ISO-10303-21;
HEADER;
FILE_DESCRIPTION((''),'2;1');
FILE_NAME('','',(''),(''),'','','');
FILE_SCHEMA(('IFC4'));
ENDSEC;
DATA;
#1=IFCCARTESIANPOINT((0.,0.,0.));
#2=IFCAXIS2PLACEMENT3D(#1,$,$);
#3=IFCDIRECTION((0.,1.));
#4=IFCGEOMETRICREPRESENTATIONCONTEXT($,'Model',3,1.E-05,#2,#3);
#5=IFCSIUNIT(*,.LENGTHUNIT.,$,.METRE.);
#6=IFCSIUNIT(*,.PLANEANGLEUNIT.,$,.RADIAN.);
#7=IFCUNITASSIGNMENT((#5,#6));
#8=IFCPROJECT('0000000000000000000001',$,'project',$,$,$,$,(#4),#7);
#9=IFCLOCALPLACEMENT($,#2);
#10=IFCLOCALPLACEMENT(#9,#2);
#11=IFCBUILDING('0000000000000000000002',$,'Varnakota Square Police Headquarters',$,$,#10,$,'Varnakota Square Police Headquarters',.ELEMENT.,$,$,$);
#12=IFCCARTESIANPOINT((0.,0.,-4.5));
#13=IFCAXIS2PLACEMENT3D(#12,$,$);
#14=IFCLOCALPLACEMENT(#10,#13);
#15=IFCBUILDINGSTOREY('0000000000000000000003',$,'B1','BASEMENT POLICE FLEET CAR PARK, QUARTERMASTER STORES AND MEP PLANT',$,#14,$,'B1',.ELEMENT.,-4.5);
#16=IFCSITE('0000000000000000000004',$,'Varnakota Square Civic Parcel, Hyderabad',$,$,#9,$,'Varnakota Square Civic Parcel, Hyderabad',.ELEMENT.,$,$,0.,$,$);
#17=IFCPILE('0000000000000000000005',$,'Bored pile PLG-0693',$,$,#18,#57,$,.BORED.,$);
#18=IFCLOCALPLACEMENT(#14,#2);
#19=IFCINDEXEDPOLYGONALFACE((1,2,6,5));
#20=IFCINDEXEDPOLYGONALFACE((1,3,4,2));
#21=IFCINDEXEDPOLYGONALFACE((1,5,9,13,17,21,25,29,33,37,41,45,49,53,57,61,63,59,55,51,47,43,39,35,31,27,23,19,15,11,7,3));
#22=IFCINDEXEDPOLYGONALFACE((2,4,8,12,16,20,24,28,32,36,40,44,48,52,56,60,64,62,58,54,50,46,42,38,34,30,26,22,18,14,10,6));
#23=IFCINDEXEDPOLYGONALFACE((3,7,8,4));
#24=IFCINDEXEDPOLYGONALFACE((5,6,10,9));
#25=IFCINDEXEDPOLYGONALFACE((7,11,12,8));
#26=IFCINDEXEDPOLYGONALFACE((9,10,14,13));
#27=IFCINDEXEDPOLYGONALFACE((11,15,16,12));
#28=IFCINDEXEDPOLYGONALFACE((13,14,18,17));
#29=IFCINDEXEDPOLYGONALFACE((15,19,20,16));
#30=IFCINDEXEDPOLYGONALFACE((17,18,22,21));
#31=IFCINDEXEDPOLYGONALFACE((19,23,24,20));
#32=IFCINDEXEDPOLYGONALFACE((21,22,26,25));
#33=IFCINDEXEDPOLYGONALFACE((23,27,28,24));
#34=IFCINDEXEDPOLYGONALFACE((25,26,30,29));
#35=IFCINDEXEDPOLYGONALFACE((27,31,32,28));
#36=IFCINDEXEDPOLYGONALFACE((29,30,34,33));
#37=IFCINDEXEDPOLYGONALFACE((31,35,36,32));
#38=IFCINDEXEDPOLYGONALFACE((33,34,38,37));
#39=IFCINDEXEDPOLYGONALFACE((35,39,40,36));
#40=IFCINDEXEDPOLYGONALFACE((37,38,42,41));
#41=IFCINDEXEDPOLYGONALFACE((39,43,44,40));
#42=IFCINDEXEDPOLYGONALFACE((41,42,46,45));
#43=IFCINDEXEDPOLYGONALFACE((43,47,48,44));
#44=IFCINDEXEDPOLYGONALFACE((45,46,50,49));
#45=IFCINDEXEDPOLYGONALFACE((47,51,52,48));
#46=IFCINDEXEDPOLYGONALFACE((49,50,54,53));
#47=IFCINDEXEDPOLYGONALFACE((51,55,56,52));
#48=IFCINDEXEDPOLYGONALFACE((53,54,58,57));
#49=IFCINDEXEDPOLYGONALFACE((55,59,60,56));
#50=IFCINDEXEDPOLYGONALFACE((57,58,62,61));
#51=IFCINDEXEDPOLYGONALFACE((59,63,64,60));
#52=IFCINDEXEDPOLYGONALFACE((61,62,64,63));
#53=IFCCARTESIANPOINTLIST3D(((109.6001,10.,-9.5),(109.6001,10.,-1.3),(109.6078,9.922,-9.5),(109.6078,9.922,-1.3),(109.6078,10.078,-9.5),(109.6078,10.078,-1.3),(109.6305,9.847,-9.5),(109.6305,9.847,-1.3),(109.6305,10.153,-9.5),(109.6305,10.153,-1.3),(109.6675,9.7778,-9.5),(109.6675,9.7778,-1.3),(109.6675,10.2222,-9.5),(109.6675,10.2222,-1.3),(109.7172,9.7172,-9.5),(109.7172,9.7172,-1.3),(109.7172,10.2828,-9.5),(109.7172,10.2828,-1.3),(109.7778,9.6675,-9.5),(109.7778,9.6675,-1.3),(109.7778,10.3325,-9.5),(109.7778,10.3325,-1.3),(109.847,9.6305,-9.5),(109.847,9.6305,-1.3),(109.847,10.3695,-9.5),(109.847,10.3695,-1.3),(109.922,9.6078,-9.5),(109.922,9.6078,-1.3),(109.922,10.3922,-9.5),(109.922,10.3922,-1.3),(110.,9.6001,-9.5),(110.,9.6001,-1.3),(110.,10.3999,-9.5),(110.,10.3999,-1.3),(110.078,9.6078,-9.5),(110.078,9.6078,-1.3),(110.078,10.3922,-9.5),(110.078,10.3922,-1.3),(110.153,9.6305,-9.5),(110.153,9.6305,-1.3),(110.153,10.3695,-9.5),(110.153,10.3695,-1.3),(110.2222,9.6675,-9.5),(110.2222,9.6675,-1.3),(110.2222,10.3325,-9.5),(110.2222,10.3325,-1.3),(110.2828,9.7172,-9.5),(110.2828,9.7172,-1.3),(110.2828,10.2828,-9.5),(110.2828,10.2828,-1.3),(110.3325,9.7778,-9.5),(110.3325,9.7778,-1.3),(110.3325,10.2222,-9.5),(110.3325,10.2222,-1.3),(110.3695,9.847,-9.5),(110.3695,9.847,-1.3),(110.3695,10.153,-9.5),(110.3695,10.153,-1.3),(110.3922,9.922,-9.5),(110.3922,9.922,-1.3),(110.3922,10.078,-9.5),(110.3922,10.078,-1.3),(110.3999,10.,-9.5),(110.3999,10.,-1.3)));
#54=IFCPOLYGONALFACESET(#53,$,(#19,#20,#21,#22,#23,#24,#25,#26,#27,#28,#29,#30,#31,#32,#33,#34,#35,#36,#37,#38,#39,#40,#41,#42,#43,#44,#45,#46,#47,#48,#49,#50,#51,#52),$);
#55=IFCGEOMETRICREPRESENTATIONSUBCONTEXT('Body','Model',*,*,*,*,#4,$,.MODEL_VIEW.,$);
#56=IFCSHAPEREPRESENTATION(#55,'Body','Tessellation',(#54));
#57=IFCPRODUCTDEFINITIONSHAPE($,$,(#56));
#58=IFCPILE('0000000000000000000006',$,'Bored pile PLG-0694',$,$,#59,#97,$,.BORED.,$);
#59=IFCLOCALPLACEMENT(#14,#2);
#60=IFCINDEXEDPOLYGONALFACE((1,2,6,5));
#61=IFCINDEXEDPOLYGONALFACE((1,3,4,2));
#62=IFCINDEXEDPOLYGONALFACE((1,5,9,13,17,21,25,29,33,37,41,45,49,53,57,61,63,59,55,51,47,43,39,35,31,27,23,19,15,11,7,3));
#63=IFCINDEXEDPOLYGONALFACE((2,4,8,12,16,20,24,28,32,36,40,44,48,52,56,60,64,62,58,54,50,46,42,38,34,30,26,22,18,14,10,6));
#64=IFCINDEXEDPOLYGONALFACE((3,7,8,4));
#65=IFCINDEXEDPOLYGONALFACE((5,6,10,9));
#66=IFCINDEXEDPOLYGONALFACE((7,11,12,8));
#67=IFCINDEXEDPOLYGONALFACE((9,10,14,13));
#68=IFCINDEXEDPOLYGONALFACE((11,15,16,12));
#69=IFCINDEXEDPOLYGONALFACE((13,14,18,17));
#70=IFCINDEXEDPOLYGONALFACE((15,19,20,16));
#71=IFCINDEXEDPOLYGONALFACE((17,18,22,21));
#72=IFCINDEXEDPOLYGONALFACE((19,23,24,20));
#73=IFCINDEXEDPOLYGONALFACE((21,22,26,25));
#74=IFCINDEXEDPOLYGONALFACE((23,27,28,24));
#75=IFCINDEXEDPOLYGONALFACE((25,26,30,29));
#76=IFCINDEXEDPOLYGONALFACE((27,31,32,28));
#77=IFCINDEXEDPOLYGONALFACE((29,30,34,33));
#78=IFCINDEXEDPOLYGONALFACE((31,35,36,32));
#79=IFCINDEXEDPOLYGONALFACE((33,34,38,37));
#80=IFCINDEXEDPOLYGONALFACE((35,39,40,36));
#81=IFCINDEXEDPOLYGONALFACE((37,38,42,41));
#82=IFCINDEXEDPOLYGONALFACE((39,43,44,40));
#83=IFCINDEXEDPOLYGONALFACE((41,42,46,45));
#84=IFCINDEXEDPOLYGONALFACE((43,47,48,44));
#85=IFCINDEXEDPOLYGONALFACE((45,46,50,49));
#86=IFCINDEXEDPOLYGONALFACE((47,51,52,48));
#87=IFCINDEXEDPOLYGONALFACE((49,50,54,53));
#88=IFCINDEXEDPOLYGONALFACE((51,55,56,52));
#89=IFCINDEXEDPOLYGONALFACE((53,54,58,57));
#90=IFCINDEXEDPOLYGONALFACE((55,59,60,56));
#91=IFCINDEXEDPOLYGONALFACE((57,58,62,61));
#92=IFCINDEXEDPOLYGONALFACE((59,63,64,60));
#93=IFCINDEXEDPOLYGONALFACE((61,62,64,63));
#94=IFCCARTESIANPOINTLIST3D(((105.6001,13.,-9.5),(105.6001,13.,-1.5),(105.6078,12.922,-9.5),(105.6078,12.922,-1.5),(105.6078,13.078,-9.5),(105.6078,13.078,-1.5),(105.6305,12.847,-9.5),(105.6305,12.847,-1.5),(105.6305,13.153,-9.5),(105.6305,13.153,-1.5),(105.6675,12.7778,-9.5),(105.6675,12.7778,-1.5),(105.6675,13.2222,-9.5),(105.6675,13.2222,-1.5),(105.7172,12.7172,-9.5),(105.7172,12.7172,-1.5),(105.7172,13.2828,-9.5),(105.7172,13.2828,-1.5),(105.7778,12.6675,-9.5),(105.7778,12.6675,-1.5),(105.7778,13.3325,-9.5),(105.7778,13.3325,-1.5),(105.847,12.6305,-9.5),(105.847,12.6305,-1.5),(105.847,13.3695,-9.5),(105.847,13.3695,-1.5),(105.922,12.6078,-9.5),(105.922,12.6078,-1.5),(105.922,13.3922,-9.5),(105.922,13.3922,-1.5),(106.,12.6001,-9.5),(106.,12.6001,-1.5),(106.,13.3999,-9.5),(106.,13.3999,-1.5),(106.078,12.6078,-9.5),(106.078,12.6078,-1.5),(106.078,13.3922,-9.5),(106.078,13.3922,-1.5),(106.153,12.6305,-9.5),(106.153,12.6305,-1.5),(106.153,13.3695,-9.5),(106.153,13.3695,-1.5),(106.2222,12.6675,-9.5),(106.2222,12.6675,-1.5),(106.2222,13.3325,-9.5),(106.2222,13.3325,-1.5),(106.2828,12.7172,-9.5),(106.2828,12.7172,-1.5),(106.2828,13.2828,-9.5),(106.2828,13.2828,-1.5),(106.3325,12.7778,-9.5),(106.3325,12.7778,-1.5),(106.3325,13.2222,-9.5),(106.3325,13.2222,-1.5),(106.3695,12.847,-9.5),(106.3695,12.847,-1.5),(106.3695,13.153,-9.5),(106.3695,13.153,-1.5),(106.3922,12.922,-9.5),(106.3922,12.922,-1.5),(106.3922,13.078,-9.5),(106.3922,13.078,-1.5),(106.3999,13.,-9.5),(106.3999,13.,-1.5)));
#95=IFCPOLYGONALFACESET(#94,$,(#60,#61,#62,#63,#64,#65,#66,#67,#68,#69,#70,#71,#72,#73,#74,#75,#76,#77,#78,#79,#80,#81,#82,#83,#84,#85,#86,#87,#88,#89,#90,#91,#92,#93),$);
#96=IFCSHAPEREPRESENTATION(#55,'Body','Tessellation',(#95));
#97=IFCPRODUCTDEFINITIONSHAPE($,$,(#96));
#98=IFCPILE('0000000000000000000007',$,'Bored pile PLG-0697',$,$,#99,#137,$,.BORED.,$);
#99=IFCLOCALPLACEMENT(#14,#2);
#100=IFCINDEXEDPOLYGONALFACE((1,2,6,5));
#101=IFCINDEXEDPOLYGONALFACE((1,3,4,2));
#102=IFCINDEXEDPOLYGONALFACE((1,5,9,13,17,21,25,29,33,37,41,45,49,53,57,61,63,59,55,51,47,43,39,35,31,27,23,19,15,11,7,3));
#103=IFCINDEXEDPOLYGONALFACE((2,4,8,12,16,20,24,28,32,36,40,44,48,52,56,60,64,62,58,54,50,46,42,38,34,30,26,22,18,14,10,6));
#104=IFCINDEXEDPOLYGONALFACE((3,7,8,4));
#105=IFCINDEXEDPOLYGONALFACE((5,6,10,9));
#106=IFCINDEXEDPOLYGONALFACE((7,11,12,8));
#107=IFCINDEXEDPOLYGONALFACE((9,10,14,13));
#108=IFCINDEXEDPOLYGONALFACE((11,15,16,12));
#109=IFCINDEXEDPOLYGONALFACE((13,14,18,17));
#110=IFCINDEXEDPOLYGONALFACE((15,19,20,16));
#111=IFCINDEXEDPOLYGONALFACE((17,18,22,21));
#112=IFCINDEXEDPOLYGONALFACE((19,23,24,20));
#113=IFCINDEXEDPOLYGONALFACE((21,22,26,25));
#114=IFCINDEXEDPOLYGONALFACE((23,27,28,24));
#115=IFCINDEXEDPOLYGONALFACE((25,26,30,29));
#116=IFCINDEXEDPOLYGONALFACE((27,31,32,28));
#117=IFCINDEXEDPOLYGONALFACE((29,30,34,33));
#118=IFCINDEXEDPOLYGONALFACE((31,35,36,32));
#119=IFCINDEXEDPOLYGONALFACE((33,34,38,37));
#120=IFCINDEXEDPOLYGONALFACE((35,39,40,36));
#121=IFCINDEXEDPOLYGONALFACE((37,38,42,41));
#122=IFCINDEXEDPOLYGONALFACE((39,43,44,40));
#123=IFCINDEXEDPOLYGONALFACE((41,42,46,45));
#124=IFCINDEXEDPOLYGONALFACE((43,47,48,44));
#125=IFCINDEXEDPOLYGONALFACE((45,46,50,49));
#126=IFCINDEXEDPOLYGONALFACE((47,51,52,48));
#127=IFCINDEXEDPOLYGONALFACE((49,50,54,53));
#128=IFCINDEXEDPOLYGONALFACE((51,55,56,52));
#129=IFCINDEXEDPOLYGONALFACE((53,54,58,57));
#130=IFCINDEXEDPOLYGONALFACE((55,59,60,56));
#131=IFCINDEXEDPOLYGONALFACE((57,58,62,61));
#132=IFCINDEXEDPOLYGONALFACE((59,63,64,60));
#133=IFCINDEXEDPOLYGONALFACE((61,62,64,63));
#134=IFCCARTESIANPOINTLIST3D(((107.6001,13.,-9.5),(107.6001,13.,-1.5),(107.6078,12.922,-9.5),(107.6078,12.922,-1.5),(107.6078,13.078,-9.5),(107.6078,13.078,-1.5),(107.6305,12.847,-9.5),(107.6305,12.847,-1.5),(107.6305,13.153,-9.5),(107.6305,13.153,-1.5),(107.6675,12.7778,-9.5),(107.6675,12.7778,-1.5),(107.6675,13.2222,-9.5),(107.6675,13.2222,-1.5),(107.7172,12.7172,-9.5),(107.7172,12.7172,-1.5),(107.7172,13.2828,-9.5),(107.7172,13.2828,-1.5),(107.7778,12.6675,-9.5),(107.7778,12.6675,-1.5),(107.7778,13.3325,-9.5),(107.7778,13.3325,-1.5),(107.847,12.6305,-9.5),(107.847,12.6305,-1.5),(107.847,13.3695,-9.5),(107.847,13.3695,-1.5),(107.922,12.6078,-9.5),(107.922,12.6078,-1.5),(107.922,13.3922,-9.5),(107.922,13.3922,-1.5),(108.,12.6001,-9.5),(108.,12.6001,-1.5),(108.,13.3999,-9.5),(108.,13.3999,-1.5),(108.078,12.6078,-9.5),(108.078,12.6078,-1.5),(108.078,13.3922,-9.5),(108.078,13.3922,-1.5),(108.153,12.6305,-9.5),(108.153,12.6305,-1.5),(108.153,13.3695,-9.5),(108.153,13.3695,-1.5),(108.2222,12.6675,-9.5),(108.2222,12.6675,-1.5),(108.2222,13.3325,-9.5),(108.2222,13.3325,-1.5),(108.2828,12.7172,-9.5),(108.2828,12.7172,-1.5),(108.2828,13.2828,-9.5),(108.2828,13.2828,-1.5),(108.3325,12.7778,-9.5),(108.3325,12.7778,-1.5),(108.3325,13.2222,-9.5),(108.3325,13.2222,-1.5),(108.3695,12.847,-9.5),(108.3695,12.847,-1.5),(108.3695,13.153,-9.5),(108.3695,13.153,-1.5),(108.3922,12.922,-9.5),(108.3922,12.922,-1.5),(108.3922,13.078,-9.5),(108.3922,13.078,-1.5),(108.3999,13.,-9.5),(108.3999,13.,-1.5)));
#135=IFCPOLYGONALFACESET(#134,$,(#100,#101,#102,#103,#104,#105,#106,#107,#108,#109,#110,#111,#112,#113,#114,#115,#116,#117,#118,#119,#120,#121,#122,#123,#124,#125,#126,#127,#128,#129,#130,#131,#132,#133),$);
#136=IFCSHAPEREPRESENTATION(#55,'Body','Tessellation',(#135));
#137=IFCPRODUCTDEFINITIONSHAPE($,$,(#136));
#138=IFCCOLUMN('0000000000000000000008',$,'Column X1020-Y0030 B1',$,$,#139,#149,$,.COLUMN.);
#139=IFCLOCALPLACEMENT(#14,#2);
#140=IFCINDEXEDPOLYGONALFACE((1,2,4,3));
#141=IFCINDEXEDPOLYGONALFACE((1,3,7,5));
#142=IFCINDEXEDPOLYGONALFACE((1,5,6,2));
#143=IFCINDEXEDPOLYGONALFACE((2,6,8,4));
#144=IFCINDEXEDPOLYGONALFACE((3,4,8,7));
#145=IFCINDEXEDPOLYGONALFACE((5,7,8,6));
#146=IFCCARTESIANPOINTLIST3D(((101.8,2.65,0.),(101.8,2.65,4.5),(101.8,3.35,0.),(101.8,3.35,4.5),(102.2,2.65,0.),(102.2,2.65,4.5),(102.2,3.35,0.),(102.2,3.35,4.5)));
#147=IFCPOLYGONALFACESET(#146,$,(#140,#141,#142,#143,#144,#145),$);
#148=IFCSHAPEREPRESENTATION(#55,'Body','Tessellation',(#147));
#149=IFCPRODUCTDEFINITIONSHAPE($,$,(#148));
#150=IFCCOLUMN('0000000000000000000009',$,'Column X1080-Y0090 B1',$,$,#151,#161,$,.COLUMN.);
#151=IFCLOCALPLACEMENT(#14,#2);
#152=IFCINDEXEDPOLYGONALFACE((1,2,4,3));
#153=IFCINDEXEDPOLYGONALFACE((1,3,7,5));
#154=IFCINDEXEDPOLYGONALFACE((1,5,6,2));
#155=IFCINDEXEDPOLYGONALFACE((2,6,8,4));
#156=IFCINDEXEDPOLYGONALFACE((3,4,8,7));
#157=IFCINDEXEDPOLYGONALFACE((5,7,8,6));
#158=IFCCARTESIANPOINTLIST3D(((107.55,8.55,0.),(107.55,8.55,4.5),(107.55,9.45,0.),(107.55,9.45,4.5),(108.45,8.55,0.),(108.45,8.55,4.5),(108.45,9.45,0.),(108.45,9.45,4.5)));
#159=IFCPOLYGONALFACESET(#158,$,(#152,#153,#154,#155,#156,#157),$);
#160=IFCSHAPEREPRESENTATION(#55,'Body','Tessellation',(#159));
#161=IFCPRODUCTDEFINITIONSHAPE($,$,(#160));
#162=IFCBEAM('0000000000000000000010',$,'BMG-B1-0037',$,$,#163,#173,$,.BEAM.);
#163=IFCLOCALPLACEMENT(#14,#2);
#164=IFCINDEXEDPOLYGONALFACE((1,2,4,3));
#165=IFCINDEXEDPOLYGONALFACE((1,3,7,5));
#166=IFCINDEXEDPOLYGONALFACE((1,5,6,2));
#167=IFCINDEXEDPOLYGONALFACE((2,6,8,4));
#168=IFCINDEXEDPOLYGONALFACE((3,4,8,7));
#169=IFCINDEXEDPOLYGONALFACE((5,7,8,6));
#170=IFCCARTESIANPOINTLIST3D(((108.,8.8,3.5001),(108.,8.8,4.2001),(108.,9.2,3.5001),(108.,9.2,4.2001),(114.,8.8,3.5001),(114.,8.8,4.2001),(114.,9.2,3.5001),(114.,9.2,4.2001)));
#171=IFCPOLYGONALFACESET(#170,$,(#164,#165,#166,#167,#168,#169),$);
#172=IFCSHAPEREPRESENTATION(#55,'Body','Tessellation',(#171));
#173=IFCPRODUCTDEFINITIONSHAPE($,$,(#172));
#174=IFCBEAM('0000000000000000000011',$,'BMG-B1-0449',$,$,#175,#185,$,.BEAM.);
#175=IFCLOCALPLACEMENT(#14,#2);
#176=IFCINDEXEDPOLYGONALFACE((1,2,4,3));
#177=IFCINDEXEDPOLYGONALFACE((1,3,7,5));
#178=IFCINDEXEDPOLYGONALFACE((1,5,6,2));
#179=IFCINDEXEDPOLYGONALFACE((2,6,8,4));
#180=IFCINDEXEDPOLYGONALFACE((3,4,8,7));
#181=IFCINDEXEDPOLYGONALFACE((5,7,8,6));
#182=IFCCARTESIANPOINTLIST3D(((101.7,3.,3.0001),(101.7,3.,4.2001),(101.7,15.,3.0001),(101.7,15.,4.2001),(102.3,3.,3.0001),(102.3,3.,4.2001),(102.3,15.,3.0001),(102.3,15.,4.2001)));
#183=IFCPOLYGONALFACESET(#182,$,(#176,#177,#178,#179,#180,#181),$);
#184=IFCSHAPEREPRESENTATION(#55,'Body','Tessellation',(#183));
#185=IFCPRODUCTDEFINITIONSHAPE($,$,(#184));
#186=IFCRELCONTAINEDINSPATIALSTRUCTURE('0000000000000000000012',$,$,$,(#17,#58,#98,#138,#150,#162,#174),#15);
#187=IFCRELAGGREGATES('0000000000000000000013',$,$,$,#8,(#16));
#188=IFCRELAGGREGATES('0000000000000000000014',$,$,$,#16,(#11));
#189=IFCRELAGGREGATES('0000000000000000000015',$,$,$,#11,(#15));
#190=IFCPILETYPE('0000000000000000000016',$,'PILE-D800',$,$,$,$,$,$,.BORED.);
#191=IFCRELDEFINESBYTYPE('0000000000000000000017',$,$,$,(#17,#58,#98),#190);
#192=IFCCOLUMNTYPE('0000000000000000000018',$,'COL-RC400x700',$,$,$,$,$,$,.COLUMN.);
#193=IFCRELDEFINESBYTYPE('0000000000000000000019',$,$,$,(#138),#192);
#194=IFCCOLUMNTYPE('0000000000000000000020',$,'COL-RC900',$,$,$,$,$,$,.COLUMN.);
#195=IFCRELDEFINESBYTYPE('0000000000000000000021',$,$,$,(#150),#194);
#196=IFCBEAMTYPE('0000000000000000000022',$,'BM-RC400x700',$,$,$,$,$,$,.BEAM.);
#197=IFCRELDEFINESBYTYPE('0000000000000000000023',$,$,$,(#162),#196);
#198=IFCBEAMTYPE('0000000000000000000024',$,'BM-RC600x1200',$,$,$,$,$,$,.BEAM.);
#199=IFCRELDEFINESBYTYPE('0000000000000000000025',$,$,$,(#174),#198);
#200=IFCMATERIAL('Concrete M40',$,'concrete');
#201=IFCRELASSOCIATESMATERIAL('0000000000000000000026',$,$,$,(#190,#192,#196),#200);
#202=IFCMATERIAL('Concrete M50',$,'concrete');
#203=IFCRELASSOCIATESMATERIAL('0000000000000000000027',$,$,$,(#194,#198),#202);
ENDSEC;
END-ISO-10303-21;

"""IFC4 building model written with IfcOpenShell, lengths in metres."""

from ifc_helpers import new_model, si_unit, direction, frame, origin, origin_2d, place, context, subcontext, project, spatial, rectangle, circle, extrude, material, material_profile, profile_set, type_object, element, save


model = new_model("IFC4")

# Units and contexts
model_context = context("Model", 3, precision=1e-05, world=origin(), true_north=direction((0.0, 1.0)))
body_context = subcontext(model_context, "Body", "Model", "MODEL_VIEW")
ifc_project = project(units=[si_unit("LENGTHUNIT", "METRE"), si_unit("PLANEANGLEUNIT", "RADIAN")], contexts=[model_context])

# Site, building, storey
site_placement = place(None, origin())
site = spatial("IfcSite", under=ifc_project, at=site_placement, Name="Varnakota Square Civic Parcel, Hyderabad", LongName="Varnakota Square Civic Parcel, Hyderabad", CompositionType="ELEMENT", RefElevation=0.0)
building_placement = place(site_placement, origin())
building = spatial("IfcBuilding", under=site, at=building_placement, Name="Varnakota Square Police Headquarters", LongName="Varnakota Square Police Headquarters", CompositionType="ELEMENT")
storey_placement = place(building_placement, frame((0.0, 0.0, -4.5)))
storey = spatial("IfcBuildingStorey", under=building, at=storey_placement, Name="B1", Description="BASEMENT POLICE FLEET CAR PARK, QUARTERMASTER STORES AND MEP PLANT", LongName="B1", CompositionType="ELEMENT", Elevation=-4.5)

# Shared definitions
ifc_material_1 = material(Name="Concrete M40", Category="concrete")
ifc_material_2 = material(Name="Concrete M50", Category="concrete")

# Piles
ifc_material_profile_1 = material_profile(ifc_material_1, circle(Radius=0.3999, at=origin_2d()), Name="BORED PILE 800")
ifc_profile_set_1 = profile_set([ifc_material_profile_1], Name="Concrete M40")
pile_type = type_object("IfcPileType", Name="PILE-D800", PredefinedType="BORED", material=ifc_profile_set_1)
for number, where, z_axis, x_axis, name in (
    (1, (110.0, 10.0, -1.3), (0.0, 0.0, -1.0), (1.0, 0.0, 0.0), "Bored pile PLG-0693"),
):
    element("IfcPile", number, at=place(storey_placement, frame(where, z_axis=z_axis, x_axis=x_axis)), inside=storey, type_object=pile_type, Name=name, PredefinedType="BORED", context=body_context, shape_type="SweptSolid", body=[
        extrude(circle(Radius=0.3999, at=origin_2d()), origin(), (0.0, 0.0, 1.0), 8.2),
    ])
for number, where, z_axis, x_axis, name in (
    (2, (106.0, 13.0, -1.5), (0.0, 0.0, -1.0), (1.0, 0.0, 0.0), "Bored pile PLG-0694"),
    (3, (108.0, 13.0, -1.5), (0.0, 0.0, -1.0), (1.0, 0.0, 0.0), "Bored pile PLG-0697"),
):
    element("IfcPile", number, at=place(storey_placement, frame(where, z_axis=z_axis, x_axis=x_axis)), inside=storey, type_object=pile_type, Name=name, PredefinedType="BORED", context=body_context, shape_type="SweptSolid", body=[
        extrude(circle(Radius=0.3999, at=origin_2d()), origin(), (0.0, 0.0, 1.0), 8.0),
    ])

# Columns
ifc_material_profile_2 = material_profile(ifc_material_1, rectangle(XDim=0.3999, YDim=0.7, at=origin_2d()), Name="RC 400x700")
ifc_profile_set_2 = profile_set([ifc_material_profile_2], Name="Concrete M40")
column_type_1 = type_object("IfcColumnType", Name="COL-RC400x700", PredefinedType="COLUMN", material=ifc_profile_set_2)
column_1_placement = place(storey_placement, frame((102.0, 3.0, 0.0), z_axis=(0.0, 0.0, 1.0), x_axis=(1.0, 0.0, 0.0)))
element("IfcColumn", 4, at=column_1_placement, inside=storey, type_object=column_type_1, Name="Column X1020-Y0030 B1", PredefinedType="COLUMN", context=body_context, shape_type="SweptSolid", body=[
    extrude(rectangle(XDim=0.3999, YDim=0.7, at=origin_2d()), origin(), (0.0, 0.0, 1.0), 4.5),
])
ifc_material_profile_3 = material_profile(ifc_material_2, rectangle(XDim=0.8999, YDim=0.8999, at=origin_2d()), Name="RC 900x900")
ifc_profile_set_3 = profile_set([ifc_material_profile_3], Name="Concrete M50")
column_type_2 = type_object("IfcColumnType", Name="COL-RC900", PredefinedType="COLUMN", material=ifc_profile_set_3)
column_2_placement = place(storey_placement, frame((108.0, 9.0, 0.0), z_axis=(0.0, 0.0, 1.0), x_axis=(1.0, 0.0, 0.0)))
element("IfcColumn", 5, at=column_2_placement, inside=storey, type_object=column_type_2, Name="Column X1080-Y0090 B1", PredefinedType="COLUMN", context=body_context, shape_type="SweptSolid", body=[
    extrude(rectangle(XDim=0.8999, YDim=0.8999, at=origin_2d()), origin(), (0.0, 0.0, 1.0), 4.5),
])

# Beams
ifc_material_profile_4 = material_profile(ifc_material_1, rectangle(XDim=0.3999, YDim=0.7, at=origin_2d()), Name="RC 400x700")
ifc_profile_set_4 = profile_set([ifc_material_profile_4], Name="Concrete M40")
beam_type_1 = type_object("IfcBeamType", Name="BM-RC400x700", PredefinedType="BEAM", material=ifc_profile_set_4)
beam_1_placement = place(storey_placement, frame((108.0, 9.0, 3.8501), z_axis=(1.0, 0.0, 0.0), x_axis=(0.0, 1.0, 0.0)))
element("IfcBeam", 6, at=beam_1_placement, inside=storey, type_object=beam_type_1, Name="BMG-B1-0037", PredefinedType="BEAM", context=body_context, shape_type="SweptSolid", body=[
    extrude(rectangle(XDim=0.3999, YDim=0.7, at=origin_2d()), origin(), (0.0, 0.0, 1.0), 6.0),
])
ifc_material_profile_5 = material_profile(ifc_material_2, rectangle(XDim=0.6001, YDim=1.2, at=origin_2d()), Name="RC 600x1200")
ifc_profile_set_5 = profile_set([ifc_material_profile_5], Name="Concrete M50")
beam_type_2 = type_object("IfcBeamType", Name="BM-RC600x1200", PredefinedType="BEAM", material=ifc_profile_set_5)
beam_2_placement = place(storey_placement, frame((102.0, 3.0, 3.6001), z_axis=(0.0, 1.0, 0.0), x_axis=(-1.0, 0.0, 0.0)))
element("IfcBeam", 7, at=beam_2_placement, inside=storey, type_object=beam_type_2, Name="BMG-B1-0449", PredefinedType="BEAM", context=body_context, shape_type="SweptSolid", body=[
    extrude(rectangle(XDim=0.6001, YDim=1.2, at=origin_2d()), origin(), (0.0, 0.0, 1.0), 12.0),
])

save(model, "model.ifc")
